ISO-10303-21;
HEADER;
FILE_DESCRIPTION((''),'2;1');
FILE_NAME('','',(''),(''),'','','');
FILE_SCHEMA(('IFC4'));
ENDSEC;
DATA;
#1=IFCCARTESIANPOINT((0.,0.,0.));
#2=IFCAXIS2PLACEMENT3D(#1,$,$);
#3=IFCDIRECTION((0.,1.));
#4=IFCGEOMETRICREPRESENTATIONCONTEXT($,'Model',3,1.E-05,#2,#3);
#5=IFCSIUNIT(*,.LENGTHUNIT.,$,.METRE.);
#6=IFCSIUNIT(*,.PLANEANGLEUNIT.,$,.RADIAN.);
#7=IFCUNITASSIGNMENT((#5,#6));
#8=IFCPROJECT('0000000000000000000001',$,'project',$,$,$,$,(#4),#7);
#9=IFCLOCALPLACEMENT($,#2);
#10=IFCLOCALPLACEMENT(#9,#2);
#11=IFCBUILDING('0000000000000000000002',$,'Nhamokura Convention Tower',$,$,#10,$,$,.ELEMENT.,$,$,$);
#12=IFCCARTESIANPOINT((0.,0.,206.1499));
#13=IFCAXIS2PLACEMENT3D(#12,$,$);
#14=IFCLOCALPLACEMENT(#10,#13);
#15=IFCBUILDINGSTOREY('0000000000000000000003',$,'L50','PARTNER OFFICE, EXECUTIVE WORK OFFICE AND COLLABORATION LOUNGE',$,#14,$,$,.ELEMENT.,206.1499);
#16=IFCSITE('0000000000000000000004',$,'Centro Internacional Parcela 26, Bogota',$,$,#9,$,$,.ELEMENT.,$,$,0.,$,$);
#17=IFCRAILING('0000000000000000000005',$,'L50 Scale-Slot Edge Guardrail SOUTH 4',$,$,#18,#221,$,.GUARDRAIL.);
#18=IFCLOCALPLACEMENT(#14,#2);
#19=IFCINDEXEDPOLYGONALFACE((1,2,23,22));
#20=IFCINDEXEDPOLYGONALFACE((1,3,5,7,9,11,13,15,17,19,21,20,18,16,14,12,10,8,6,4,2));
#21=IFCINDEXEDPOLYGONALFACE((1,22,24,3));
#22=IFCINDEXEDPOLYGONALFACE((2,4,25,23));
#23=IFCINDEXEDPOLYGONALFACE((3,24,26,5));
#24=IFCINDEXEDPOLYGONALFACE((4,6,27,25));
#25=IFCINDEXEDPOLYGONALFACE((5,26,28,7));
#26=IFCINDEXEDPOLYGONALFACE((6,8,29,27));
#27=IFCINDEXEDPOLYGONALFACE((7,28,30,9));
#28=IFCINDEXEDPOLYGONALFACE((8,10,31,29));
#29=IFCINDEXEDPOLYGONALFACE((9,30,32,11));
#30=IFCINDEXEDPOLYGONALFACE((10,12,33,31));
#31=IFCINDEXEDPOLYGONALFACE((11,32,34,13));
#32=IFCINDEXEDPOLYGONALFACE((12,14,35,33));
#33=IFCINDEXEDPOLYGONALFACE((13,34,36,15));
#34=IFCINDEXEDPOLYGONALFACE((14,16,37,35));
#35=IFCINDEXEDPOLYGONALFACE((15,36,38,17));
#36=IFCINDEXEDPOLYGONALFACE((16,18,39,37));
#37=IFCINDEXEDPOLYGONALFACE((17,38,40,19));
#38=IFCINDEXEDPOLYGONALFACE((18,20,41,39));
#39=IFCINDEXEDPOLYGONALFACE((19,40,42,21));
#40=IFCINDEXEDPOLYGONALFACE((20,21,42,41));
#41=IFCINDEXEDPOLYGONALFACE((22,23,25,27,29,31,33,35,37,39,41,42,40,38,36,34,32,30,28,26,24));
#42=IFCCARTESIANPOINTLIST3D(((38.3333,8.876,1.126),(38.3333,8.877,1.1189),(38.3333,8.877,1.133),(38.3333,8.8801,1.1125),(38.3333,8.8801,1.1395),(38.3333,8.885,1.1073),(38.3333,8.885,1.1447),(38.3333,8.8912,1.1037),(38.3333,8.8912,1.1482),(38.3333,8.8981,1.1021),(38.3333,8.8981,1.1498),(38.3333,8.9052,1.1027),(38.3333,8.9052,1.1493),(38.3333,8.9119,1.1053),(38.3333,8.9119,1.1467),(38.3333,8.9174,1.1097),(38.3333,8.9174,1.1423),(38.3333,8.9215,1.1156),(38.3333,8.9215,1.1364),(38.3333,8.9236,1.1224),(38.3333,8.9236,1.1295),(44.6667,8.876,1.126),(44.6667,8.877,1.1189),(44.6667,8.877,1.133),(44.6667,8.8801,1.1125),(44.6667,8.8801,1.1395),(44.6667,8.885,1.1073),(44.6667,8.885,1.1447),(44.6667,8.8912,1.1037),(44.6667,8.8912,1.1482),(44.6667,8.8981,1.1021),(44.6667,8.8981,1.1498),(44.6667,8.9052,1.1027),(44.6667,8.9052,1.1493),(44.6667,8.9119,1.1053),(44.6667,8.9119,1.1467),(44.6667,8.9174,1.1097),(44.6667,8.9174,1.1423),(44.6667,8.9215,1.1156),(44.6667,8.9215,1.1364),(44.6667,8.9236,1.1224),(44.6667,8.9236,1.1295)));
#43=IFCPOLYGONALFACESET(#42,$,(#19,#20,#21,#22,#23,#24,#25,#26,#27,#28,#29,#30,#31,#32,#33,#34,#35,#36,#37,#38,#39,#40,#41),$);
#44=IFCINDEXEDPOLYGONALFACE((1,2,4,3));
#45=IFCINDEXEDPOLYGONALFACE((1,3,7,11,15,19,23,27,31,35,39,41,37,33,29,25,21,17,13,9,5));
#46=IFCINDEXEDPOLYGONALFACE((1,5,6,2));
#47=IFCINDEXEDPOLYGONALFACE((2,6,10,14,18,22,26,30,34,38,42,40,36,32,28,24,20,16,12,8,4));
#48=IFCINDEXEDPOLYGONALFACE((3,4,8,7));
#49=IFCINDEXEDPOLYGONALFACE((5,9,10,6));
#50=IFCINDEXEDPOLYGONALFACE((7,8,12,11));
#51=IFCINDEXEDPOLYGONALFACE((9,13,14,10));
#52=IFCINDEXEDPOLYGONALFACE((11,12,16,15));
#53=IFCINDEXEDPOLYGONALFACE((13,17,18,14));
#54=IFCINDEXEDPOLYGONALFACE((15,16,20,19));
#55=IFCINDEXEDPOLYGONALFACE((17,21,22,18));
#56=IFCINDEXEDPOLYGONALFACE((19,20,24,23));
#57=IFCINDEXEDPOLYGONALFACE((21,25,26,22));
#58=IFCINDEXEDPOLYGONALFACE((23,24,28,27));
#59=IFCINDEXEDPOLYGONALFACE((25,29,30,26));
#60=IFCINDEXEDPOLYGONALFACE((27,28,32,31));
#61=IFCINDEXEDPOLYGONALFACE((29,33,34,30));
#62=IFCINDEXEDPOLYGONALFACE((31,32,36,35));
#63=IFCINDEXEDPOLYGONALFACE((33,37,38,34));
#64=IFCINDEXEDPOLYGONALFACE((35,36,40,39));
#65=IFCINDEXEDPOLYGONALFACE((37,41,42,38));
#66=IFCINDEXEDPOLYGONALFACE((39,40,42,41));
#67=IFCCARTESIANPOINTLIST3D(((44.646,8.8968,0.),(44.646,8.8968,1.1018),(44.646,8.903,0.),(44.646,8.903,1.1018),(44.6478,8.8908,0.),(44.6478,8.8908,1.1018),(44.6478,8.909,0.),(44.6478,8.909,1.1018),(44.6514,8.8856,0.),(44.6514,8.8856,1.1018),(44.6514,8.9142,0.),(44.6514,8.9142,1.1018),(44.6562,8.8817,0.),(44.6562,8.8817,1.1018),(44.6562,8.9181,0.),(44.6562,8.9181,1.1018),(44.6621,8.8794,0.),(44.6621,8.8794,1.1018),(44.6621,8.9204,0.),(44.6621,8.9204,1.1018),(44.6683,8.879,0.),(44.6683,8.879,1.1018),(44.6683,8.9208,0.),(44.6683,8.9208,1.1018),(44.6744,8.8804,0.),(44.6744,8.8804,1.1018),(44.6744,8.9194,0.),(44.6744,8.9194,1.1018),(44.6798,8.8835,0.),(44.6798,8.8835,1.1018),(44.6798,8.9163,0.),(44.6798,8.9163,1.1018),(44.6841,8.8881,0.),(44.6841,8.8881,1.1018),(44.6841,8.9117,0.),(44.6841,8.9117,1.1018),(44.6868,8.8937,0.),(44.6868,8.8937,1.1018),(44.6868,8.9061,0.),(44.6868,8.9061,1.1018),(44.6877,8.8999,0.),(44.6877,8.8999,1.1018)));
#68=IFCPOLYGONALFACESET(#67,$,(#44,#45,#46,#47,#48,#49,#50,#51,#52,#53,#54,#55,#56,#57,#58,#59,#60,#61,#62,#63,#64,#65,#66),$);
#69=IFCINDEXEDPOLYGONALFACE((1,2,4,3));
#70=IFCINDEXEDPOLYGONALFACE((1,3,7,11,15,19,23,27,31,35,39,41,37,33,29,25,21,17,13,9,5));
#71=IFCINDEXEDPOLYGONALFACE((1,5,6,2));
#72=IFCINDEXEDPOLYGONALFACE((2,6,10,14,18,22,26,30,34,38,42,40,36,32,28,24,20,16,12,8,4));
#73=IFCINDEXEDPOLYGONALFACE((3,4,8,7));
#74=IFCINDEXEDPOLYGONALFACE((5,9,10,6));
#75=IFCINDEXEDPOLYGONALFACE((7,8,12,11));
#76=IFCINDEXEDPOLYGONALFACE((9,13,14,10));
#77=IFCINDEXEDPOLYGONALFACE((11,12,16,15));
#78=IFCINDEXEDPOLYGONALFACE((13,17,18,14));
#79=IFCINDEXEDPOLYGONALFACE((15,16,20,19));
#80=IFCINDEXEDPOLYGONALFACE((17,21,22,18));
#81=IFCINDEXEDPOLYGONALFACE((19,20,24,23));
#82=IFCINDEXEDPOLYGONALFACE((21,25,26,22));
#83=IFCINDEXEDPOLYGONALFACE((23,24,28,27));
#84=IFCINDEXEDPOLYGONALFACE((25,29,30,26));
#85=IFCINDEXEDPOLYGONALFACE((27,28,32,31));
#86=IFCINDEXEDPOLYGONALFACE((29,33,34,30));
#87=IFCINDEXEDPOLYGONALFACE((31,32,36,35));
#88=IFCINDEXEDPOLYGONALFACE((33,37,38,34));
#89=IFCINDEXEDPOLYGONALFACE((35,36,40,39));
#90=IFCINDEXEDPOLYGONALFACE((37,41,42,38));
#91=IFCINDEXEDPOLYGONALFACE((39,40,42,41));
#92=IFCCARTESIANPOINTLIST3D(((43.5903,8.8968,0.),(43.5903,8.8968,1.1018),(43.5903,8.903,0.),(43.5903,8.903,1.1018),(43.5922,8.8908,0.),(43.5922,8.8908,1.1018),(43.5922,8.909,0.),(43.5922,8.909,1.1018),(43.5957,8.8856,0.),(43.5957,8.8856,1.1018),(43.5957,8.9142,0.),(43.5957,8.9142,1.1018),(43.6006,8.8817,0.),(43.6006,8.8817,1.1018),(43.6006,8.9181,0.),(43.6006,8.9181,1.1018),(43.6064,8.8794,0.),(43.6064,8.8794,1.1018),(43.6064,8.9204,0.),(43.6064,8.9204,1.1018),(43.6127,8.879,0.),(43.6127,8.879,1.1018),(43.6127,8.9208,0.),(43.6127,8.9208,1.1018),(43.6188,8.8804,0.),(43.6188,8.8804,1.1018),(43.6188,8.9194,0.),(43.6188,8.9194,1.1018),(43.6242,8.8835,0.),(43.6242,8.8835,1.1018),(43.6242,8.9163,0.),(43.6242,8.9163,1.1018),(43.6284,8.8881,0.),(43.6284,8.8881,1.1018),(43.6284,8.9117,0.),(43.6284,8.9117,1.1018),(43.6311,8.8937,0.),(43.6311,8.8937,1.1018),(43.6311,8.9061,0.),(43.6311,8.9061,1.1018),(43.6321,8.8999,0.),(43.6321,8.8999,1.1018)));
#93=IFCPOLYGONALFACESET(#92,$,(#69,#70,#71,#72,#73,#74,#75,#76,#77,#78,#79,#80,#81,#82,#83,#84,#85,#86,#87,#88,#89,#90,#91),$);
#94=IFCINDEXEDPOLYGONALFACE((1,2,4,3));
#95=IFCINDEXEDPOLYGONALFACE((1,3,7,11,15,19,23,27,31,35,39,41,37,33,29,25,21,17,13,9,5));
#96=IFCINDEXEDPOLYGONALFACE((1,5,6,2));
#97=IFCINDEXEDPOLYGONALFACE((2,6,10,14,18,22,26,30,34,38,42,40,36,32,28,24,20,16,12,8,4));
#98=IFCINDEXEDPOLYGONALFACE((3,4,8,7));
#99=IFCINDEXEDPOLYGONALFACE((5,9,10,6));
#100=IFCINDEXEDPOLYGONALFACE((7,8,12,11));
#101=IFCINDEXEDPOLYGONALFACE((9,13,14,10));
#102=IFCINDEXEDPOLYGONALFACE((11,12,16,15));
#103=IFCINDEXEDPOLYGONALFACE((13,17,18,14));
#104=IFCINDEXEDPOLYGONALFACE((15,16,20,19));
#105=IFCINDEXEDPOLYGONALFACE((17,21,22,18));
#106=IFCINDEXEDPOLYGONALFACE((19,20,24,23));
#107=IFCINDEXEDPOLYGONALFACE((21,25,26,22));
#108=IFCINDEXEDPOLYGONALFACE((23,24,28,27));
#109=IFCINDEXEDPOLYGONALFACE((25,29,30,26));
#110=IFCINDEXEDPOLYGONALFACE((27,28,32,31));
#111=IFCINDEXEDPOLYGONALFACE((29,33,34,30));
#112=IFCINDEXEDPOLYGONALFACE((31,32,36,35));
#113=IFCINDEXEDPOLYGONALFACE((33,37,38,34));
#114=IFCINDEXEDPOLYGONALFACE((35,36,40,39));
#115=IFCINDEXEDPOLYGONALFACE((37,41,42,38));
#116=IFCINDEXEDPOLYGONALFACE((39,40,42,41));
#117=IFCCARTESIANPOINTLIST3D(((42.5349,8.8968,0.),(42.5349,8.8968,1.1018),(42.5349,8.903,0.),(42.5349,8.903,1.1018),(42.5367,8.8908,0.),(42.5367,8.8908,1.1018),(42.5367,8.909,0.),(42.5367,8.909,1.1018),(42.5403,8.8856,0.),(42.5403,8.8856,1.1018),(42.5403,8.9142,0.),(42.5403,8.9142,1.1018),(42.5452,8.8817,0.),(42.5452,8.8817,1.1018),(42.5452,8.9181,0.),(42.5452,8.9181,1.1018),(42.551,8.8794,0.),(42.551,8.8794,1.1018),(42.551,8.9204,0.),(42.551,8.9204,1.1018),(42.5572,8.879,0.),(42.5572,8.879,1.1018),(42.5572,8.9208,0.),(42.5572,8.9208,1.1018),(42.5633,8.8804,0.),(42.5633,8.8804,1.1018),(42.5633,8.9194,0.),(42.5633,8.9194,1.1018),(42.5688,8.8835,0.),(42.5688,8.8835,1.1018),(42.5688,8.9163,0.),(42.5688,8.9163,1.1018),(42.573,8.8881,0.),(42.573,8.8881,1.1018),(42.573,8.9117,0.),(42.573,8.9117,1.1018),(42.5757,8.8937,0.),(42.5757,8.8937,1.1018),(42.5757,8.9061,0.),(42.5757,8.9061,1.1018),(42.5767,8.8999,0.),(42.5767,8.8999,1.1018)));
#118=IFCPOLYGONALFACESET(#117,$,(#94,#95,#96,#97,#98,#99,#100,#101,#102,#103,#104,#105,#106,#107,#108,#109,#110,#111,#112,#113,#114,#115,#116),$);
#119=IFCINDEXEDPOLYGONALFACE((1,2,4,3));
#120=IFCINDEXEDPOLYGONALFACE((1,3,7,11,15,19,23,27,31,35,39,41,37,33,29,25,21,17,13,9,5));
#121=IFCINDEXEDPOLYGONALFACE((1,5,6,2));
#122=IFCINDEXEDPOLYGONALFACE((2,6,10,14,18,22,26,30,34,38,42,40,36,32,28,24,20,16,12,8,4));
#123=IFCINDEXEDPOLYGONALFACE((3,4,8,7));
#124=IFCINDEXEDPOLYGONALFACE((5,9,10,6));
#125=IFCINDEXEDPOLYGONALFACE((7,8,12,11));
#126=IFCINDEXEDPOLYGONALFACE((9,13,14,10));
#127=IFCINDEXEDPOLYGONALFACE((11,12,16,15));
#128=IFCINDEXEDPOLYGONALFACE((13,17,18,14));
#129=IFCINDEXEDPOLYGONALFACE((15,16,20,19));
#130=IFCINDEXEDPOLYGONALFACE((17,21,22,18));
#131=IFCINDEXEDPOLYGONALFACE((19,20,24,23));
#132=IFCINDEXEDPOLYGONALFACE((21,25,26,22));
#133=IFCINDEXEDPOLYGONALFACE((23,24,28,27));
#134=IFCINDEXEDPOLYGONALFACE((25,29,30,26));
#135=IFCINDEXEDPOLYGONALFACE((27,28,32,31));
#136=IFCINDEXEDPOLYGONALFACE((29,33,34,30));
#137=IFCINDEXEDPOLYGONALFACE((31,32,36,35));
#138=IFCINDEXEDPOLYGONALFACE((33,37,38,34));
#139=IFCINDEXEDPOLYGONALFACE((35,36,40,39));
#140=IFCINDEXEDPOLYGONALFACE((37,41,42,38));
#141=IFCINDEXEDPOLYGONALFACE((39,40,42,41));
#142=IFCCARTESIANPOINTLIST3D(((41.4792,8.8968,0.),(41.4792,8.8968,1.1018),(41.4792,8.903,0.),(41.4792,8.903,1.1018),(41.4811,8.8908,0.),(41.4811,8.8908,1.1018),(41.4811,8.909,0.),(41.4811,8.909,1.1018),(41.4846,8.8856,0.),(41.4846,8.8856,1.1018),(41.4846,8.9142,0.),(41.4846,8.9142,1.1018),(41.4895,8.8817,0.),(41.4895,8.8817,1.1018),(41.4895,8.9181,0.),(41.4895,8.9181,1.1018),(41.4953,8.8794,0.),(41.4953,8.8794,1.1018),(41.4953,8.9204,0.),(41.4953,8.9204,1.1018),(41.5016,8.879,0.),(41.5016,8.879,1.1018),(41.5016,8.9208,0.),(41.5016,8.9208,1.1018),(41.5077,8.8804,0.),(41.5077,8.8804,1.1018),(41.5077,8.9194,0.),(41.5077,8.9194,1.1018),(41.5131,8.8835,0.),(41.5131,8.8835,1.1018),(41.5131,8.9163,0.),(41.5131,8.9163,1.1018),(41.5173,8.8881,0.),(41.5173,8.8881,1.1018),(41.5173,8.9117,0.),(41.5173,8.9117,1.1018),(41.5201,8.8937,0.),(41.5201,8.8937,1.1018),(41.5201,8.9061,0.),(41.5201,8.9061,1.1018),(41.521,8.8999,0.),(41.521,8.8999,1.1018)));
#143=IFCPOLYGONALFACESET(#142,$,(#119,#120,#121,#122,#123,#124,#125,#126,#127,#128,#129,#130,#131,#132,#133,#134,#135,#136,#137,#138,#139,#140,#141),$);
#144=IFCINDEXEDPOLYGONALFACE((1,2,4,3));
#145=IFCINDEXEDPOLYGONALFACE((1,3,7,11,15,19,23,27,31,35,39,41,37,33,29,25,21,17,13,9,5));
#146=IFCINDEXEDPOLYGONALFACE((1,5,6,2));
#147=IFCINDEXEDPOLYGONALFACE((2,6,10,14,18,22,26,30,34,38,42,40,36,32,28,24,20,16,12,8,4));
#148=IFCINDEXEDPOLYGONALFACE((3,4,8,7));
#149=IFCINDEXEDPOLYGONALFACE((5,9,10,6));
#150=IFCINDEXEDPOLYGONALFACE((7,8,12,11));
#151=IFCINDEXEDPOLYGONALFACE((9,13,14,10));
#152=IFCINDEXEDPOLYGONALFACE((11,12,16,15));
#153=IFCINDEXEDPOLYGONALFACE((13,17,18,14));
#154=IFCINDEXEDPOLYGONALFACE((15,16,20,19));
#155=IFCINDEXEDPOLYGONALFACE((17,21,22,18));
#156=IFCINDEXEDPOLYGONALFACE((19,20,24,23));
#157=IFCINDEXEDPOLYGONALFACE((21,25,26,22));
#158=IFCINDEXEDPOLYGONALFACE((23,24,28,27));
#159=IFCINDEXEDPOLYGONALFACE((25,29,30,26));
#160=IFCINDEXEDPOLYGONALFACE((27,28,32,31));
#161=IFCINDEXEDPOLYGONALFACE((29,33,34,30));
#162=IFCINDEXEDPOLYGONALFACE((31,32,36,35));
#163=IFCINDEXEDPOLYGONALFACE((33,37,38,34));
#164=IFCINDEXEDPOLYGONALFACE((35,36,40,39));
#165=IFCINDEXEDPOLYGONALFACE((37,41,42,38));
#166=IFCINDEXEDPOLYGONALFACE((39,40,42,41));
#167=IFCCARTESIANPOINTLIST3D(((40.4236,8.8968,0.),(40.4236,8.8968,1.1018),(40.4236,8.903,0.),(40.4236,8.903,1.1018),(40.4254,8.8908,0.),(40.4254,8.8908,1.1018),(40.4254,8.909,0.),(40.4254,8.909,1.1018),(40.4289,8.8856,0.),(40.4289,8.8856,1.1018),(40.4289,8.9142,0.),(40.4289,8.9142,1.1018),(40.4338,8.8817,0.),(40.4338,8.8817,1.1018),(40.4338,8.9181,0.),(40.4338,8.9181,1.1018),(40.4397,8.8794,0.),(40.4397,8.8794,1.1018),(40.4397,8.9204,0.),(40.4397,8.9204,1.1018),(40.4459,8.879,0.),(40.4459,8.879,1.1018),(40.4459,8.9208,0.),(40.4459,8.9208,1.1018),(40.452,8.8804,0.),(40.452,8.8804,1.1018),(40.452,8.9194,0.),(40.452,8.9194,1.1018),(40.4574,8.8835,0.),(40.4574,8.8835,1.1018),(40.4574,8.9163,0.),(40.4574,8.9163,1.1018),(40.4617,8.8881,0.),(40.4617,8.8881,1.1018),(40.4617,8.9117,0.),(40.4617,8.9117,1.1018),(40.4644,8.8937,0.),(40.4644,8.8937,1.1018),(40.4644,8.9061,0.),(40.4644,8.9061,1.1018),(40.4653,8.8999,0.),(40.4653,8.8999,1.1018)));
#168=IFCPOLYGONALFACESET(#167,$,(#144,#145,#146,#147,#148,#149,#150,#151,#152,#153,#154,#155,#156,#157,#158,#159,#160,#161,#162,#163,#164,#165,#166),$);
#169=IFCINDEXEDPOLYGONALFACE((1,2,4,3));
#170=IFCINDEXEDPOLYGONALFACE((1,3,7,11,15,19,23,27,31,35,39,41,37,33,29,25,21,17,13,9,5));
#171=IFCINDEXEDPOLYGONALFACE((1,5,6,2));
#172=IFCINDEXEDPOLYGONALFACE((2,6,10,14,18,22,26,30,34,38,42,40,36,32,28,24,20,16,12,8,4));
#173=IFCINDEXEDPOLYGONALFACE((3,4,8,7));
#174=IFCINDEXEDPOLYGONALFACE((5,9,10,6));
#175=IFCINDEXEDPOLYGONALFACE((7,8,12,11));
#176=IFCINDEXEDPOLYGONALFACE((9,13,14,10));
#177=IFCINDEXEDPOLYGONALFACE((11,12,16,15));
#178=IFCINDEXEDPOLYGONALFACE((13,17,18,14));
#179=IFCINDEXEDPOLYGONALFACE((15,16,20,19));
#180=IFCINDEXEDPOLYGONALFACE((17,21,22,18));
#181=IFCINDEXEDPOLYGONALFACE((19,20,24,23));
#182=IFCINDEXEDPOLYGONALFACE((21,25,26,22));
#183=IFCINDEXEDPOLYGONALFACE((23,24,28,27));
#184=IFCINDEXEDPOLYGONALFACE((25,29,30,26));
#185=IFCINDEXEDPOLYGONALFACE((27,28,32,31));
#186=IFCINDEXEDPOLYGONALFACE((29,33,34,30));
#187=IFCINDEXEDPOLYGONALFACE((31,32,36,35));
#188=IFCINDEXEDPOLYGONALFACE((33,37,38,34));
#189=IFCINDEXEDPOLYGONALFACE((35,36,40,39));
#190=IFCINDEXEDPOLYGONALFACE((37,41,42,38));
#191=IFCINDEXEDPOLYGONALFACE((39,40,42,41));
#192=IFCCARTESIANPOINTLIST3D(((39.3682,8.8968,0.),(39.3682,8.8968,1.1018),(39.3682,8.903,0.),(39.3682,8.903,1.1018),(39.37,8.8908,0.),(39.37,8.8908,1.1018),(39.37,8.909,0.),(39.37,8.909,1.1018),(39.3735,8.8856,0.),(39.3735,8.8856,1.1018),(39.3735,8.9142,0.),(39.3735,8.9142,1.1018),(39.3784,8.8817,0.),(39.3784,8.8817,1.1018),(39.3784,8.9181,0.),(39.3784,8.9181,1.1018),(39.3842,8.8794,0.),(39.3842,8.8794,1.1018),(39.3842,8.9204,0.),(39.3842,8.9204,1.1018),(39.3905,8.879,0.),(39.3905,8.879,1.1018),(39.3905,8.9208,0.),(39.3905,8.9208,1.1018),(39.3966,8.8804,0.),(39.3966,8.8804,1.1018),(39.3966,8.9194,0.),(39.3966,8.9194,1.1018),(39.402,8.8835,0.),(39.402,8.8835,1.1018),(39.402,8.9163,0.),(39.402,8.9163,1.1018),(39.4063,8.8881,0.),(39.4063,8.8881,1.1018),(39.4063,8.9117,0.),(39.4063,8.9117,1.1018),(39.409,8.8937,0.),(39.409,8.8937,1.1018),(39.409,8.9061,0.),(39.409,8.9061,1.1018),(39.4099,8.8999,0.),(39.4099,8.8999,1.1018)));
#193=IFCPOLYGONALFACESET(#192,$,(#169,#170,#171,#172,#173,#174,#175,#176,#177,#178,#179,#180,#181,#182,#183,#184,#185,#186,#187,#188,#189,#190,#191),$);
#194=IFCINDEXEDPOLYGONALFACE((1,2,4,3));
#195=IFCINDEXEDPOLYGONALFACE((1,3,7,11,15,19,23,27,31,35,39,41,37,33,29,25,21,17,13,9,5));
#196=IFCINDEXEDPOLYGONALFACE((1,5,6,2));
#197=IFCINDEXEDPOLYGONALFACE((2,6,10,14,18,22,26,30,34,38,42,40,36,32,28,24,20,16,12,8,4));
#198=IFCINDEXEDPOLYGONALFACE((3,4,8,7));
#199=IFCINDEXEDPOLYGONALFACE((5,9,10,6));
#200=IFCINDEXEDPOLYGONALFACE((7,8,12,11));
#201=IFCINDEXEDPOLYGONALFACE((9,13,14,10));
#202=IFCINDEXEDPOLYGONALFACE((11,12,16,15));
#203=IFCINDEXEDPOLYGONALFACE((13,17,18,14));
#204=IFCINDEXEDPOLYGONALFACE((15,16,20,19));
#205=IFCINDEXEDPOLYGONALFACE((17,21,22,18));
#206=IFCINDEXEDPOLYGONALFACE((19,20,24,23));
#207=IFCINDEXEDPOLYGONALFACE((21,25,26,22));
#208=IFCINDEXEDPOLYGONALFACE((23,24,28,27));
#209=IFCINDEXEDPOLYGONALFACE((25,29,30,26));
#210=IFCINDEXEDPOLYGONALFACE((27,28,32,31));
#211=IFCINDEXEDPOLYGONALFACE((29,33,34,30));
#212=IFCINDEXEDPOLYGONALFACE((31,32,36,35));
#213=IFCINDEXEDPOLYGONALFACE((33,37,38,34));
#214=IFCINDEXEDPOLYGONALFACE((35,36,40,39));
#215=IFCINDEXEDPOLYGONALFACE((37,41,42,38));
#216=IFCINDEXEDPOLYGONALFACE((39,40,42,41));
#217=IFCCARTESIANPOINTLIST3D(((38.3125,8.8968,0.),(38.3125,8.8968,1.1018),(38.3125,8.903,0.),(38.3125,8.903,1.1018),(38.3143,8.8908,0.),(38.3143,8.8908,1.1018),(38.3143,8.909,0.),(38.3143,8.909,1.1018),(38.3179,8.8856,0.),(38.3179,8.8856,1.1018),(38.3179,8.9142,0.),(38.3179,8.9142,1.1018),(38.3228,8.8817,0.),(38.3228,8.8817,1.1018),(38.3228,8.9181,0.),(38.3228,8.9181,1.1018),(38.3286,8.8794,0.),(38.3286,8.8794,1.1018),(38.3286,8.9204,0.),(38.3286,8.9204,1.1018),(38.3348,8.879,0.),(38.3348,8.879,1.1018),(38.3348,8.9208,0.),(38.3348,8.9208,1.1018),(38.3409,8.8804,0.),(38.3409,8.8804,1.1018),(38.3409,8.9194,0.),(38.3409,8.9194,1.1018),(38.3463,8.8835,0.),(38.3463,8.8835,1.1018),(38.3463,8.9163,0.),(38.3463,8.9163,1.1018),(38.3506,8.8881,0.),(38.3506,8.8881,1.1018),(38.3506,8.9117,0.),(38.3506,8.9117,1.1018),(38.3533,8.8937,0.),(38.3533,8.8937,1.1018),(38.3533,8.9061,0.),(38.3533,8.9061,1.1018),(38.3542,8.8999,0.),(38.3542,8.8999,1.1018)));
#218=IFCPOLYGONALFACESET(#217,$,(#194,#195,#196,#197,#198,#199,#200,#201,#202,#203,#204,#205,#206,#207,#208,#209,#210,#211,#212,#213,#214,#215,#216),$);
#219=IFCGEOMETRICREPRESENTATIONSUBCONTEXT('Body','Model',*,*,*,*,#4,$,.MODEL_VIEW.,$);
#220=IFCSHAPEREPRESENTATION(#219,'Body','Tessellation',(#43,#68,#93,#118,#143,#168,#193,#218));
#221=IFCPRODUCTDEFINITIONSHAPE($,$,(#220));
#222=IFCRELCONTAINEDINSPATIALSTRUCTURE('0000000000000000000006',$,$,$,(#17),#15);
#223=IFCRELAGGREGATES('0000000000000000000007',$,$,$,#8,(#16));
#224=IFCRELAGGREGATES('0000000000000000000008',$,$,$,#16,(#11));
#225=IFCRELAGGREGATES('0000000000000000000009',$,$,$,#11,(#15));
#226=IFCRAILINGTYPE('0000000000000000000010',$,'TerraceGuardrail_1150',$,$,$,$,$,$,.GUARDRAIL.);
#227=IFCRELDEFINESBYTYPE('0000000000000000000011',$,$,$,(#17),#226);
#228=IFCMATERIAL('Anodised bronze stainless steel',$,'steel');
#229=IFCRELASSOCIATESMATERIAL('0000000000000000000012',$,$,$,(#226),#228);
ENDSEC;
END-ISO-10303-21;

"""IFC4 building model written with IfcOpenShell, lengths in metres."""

from ifc_helpers import new_model, si_unit, direction, frame, origin, origin_2d, place, context, subcontext, project, spatial, circle, extrude, material, type_object, element, save


model = new_model("IFC4")

# Units and contexts
model_context = context("Model", 3, precision=1e-05, world=origin(), true_north=direction((0.0, 1.0)))
body_context = subcontext(model_context, "Body", "Model", "MODEL_VIEW")
ifc_project = project(units=[si_unit("LENGTHUNIT", "METRE"), si_unit("PLANEANGLEUNIT", "RADIAN")], contexts=[model_context])

# Site, building, storey
site_placement = place(None, origin())
site = spatial("IfcSite", under=ifc_project, at=site_placement, Name="Centro Internacional Parcela 26, Bogota", CompositionType="ELEMENT", RefElevation=0.0)
building_placement = place(site_placement, origin())
building = spatial("IfcBuilding", under=site, at=building_placement, Name="Nhamokura Convention Tower", CompositionType="ELEMENT")
storey_placement = place(building_placement, frame((0.0, 0.0, 206.1499)))
storey = spatial("IfcBuildingStorey", under=building, at=storey_placement, Name="L50", Description="PARTNER OFFICE, EXECUTIVE WORK OFFICE AND COLLABORATION LOUNGE", CompositionType="ELEMENT", Elevation=206.1499)

# Railing
ifc_material_1 = material(Name="Anodised bronze stainless steel", Category="steel")
railing_type = type_object("IfcRailingType", Name="TerraceGuardrail_1150", PredefinedType="GUARDRAIL", material=ifc_material_1)
railing_placement = place(storey_placement, frame((44.6667, 8.8999, 0.0)))
element("IfcRailing", 1, at=railing_placement, inside=storey, type_object=railing_type, Name="L50 Scale-Slot Edge Guardrail SOUTH 4", PredefinedType="GUARDRAIL", context=body_context, shape_type="SweptSolid", body=[
    extrude(circle(Radius=0.0239, at=origin_2d()), frame((0.0, 0.0, 1.126), z_axis=(-1.0, 0.0, 0.0), x_axis=(0.0, -1.0, 0.0)), (0.0, 0.0, 1.0), 6.3335),
    extrude(circle(Radius=0.021, at=origin_2d()), origin(), (0.0, 0.0, 1.0), 1.1018),
    extrude(circle(Radius=0.021, at=origin_2d()), frame((-1.0557, 0.0, 0.0)), (0.0, 0.0, 1.0), 1.1018),
    extrude(circle(Radius=0.021, at=origin_2d()), frame((-2.1111, 0.0, 0.0)), (0.0, 0.0, 1.0), 1.1018),
    extrude(circle(Radius=0.021, at=origin_2d()), frame((-3.1667, 0.0, 0.0)), (0.0, 0.0, 1.0), 1.1018),
    extrude(circle(Radius=0.021, at=origin_2d()), frame((-4.2224, 0.0, 0.0)), (0.0, 0.0, 1.0), 1.1018),
    extrude(circle(Radius=0.021, at=origin_2d()), frame((-5.2778, 0.0, 0.0)), (0.0, 0.0, 1.0), 1.1018),
    extrude(circle(Radius=0.021, at=origin_2d()), frame((-6.3335, 0.0, 0.0)), (0.0, 0.0, 1.0), 1.1018),
])

save(model, "model.ifc")
